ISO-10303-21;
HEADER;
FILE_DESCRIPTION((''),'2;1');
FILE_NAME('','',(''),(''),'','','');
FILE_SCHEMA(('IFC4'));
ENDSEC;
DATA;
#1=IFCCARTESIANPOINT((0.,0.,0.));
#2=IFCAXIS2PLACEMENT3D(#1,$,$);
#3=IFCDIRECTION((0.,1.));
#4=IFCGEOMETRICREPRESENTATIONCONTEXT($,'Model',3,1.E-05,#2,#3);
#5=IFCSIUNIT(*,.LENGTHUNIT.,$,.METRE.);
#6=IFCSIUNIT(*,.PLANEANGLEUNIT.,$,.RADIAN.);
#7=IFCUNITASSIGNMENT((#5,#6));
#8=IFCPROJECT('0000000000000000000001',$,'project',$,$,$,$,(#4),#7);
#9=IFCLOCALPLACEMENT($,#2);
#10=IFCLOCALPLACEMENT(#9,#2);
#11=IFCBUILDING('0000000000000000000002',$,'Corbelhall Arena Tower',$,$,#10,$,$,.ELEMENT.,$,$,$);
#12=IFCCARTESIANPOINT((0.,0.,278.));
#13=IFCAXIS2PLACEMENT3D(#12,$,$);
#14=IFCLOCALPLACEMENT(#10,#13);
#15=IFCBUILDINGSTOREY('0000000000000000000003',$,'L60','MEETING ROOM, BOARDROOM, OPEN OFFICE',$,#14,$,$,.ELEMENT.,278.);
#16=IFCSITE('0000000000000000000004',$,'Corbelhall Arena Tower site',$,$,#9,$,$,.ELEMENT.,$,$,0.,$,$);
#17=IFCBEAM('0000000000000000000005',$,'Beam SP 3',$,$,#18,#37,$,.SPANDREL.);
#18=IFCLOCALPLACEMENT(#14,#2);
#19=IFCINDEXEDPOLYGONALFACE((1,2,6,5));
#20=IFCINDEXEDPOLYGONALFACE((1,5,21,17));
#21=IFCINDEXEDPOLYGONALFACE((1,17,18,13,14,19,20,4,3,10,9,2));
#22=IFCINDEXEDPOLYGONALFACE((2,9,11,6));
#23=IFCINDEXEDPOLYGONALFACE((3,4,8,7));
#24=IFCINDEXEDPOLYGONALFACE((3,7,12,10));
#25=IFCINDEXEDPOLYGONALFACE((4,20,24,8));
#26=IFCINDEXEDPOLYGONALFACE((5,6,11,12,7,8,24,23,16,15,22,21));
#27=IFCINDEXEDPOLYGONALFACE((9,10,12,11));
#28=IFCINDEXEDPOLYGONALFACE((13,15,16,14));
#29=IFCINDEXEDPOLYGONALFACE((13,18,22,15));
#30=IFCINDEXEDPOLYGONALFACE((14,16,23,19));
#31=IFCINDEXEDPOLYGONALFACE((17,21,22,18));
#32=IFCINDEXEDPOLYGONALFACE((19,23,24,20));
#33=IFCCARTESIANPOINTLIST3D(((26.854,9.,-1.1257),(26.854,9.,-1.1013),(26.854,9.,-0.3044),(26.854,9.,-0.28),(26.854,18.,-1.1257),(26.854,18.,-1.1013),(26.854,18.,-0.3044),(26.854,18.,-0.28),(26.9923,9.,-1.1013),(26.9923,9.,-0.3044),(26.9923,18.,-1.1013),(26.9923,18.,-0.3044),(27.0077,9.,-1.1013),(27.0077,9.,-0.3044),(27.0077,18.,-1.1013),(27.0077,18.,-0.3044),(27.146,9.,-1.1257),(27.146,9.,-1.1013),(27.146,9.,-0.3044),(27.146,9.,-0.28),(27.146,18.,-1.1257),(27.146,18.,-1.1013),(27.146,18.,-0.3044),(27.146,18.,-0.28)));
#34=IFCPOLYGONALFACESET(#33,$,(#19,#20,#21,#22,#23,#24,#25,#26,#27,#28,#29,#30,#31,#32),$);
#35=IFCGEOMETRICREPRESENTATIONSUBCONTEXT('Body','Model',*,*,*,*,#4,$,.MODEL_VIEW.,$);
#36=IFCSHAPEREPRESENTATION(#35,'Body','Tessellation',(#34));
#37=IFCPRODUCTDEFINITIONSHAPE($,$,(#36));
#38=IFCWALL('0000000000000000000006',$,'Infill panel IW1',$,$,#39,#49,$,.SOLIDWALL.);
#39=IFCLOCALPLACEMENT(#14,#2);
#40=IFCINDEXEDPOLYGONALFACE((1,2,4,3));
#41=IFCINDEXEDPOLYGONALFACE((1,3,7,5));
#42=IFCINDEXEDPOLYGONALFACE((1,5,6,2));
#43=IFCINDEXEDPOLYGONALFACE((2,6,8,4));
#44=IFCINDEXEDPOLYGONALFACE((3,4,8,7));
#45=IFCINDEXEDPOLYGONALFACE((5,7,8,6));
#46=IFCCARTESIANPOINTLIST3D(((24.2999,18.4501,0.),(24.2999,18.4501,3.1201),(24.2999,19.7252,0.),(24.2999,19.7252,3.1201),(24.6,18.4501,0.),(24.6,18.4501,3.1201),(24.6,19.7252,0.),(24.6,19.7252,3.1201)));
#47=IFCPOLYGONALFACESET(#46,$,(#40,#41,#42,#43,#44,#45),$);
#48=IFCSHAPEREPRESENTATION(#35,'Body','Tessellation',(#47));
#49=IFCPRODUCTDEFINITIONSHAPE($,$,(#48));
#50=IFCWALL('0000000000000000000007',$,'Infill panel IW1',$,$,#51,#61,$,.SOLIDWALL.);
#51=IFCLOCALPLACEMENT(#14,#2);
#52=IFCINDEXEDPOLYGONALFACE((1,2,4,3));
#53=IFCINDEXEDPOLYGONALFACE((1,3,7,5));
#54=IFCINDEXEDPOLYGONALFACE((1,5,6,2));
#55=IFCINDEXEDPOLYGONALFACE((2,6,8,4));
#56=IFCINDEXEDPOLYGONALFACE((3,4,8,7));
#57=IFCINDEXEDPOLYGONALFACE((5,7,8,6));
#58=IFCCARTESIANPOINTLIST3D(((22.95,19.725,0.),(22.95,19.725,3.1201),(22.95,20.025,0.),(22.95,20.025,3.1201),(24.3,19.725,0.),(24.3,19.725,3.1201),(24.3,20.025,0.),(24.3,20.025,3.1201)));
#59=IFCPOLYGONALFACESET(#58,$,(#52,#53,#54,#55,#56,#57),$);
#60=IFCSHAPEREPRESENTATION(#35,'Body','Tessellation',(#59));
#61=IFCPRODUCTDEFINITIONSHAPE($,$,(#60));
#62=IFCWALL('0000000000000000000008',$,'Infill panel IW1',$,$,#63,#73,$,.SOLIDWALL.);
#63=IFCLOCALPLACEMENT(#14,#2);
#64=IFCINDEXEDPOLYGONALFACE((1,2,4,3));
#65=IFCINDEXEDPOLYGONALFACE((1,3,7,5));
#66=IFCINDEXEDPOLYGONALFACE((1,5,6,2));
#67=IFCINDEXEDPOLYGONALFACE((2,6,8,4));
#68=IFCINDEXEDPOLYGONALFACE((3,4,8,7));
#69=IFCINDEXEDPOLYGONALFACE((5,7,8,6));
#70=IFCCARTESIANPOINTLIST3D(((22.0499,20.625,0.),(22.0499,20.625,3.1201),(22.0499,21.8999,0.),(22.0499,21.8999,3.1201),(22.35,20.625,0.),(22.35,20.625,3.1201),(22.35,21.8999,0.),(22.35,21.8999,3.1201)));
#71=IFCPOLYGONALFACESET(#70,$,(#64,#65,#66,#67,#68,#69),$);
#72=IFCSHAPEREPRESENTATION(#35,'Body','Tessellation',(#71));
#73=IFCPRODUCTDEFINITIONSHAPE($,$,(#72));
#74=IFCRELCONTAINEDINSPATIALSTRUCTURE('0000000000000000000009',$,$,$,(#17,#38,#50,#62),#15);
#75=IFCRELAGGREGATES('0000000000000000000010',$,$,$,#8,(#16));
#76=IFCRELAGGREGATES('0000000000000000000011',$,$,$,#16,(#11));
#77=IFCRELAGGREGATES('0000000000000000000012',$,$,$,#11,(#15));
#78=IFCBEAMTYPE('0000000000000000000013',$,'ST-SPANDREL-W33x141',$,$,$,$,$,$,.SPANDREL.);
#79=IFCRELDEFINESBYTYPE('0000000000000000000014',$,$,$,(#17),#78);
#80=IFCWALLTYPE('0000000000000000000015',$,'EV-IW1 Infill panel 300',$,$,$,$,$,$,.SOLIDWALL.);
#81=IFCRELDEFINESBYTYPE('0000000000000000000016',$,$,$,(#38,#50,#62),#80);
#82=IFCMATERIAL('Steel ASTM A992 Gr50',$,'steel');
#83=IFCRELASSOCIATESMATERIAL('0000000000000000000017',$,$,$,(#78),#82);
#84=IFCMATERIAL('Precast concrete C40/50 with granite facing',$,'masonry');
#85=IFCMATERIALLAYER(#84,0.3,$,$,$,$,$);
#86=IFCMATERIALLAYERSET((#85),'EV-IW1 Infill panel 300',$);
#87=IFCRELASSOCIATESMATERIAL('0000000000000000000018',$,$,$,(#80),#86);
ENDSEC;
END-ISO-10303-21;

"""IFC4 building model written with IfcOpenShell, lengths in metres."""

from ifc_helpers import new_model, si_unit, direction, frame, frame_2d, origin, origin_2d, place, context, subcontext, project, spatial, rectangle, i_section, extrude, material, layer, layer_set, material_profile, profile_set, type_object, element, save


model = new_model("IFC4")

# Units and contexts
model_context = context("Model", 3, precision=1e-05, world=origin(), true_north=direction((0.0, 1.0)))
body_context = subcontext(model_context, "Body", "Model", "MODEL_VIEW")
ifc_project = project(units=[si_unit("LENGTHUNIT", "METRE"), si_unit("PLANEANGLEUNIT", "RADIAN")], contexts=[model_context])

# Site, building, storey
site_placement = place(None, origin())
site = spatial("IfcSite", under=ifc_project, at=site_placement, Name="Corbelhall Arena Tower site", CompositionType="ELEMENT", RefElevation=0.0)
building_placement = place(site_placement, origin())
building = spatial("IfcBuilding", under=site, at=building_placement, Name="Corbelhall Arena Tower", CompositionType="ELEMENT")
storey_placement = place(building_placement, frame((0.0, 0.0, 278.0)))
storey = spatial("IfcBuildingStorey", under=building, at=storey_placement, Name="L60", Description="MEETING ROOM, BOARDROOM, OPEN OFFICE", CompositionType="ELEMENT", Elevation=278.0)

# Beam
ifc_material_1 = material(Name="Steel ASTM A992 Gr50", Category="steel")
ifc_material_profile_1 = material_profile(ifc_material_1, i_section(OverallWidth=0.292, OverallDepth=0.8457, WebThickness=0.0154, FlangeThickness=0.0244, at=origin_2d()))
ifc_profile_set_1 = profile_set([ifc_material_profile_1], Name="Steel ASTM A992 Gr50")
beam_type_1 = type_object("IfcBeamType", Name="ST-SPANDREL-W33x141", PredefinedType="SPANDREL", material=ifc_profile_set_1)
beam_1_placement = place(storey_placement, frame((27.0, 18.0, -0.7029), z_axis=(0.0, -1.0, 0.0), x_axis=(1.0, 0.0, 0.0)))
element("IfcBeam", 1, at=beam_1_placement, inside=storey, type_object=beam_type_1, Name="Beam SP 3", PredefinedType="SPANDREL", context=body_context, shape_type="SweptSolid", body=[
    extrude(i_section(OverallWidth=0.292, OverallDepth=0.8457, WebThickness=0.0154, FlangeThickness=0.0244, at=origin_2d()), origin(), (0.0, 0.0, 1.0), 9.0),
])

# Walls
ifc_material_2 = material(Name="Precast concrete C40/50 with granite facing", Category="masonry")
ifc_layer_1 = layer(ifc_material_2, 0.3)
ifc_layer_set_1 = layer_set([ifc_layer_1], Name="EV-IW1 Infill panel 300")
wall_type_1 = type_object("IfcWallType", Name="EV-IW1 Infill panel 300", PredefinedType="SOLIDWALL", material=ifc_layer_set_1)
wall_1_placement = place(storey_placement, frame((24.45, 18.45, 0.0), z_axis=(0.0, 0.0, 1.0), x_axis=(0.0, 1.0, 0.0)))
element("IfcWall", 2, at=wall_1_placement, inside=storey, type_object=wall_type_1, Name="Infill panel IW1", PredefinedType="SOLIDWALL", context=body_context, shape_type="SweptSolid", body=[
    extrude(rectangle(XDim=1.2751, YDim=0.3, at=frame_2d((0.6377, 0.0))), origin(), (0.0, 0.0, 1.0), 3.1201),
])
wall_2_placement = place(storey_placement, frame((24.3, 19.875, 0.0), z_axis=(0.0, 0.0, 1.0), x_axis=(-1.0, 0.0, 0.0)))
element("IfcWall", 3, at=wall_2_placement, inside=storey, type_object=wall_type_1, Name="Infill panel IW1", PredefinedType="SOLIDWALL", context=body_context, shape_type="SweptSolid", body=[
    extrude(rectangle(XDim=1.3501, YDim=0.3, at=frame_2d((0.675, 0.0))), origin(), (0.0, 0.0, 1.0), 3.1201),
])
wall_3_placement = place(storey_placement, frame((22.2, 20.625, 0.0), z_axis=(0.0, 0.0, 1.0), x_axis=(0.0, 1.0, 0.0)))
element("IfcWall", 4, at=wall_3_placement, inside=storey, type_object=wall_type_1, Name="Infill panel IW1", PredefinedType="SOLIDWALL", context=body_context, shape_type="SweptSolid", body=[
    extrude(rectangle(XDim=1.2749, YDim=0.3, at=frame_2d((0.6375, 0.0))), origin(), (0.0, 0.0, 1.0), 3.1201),
])

save(model, "model.ifc")
